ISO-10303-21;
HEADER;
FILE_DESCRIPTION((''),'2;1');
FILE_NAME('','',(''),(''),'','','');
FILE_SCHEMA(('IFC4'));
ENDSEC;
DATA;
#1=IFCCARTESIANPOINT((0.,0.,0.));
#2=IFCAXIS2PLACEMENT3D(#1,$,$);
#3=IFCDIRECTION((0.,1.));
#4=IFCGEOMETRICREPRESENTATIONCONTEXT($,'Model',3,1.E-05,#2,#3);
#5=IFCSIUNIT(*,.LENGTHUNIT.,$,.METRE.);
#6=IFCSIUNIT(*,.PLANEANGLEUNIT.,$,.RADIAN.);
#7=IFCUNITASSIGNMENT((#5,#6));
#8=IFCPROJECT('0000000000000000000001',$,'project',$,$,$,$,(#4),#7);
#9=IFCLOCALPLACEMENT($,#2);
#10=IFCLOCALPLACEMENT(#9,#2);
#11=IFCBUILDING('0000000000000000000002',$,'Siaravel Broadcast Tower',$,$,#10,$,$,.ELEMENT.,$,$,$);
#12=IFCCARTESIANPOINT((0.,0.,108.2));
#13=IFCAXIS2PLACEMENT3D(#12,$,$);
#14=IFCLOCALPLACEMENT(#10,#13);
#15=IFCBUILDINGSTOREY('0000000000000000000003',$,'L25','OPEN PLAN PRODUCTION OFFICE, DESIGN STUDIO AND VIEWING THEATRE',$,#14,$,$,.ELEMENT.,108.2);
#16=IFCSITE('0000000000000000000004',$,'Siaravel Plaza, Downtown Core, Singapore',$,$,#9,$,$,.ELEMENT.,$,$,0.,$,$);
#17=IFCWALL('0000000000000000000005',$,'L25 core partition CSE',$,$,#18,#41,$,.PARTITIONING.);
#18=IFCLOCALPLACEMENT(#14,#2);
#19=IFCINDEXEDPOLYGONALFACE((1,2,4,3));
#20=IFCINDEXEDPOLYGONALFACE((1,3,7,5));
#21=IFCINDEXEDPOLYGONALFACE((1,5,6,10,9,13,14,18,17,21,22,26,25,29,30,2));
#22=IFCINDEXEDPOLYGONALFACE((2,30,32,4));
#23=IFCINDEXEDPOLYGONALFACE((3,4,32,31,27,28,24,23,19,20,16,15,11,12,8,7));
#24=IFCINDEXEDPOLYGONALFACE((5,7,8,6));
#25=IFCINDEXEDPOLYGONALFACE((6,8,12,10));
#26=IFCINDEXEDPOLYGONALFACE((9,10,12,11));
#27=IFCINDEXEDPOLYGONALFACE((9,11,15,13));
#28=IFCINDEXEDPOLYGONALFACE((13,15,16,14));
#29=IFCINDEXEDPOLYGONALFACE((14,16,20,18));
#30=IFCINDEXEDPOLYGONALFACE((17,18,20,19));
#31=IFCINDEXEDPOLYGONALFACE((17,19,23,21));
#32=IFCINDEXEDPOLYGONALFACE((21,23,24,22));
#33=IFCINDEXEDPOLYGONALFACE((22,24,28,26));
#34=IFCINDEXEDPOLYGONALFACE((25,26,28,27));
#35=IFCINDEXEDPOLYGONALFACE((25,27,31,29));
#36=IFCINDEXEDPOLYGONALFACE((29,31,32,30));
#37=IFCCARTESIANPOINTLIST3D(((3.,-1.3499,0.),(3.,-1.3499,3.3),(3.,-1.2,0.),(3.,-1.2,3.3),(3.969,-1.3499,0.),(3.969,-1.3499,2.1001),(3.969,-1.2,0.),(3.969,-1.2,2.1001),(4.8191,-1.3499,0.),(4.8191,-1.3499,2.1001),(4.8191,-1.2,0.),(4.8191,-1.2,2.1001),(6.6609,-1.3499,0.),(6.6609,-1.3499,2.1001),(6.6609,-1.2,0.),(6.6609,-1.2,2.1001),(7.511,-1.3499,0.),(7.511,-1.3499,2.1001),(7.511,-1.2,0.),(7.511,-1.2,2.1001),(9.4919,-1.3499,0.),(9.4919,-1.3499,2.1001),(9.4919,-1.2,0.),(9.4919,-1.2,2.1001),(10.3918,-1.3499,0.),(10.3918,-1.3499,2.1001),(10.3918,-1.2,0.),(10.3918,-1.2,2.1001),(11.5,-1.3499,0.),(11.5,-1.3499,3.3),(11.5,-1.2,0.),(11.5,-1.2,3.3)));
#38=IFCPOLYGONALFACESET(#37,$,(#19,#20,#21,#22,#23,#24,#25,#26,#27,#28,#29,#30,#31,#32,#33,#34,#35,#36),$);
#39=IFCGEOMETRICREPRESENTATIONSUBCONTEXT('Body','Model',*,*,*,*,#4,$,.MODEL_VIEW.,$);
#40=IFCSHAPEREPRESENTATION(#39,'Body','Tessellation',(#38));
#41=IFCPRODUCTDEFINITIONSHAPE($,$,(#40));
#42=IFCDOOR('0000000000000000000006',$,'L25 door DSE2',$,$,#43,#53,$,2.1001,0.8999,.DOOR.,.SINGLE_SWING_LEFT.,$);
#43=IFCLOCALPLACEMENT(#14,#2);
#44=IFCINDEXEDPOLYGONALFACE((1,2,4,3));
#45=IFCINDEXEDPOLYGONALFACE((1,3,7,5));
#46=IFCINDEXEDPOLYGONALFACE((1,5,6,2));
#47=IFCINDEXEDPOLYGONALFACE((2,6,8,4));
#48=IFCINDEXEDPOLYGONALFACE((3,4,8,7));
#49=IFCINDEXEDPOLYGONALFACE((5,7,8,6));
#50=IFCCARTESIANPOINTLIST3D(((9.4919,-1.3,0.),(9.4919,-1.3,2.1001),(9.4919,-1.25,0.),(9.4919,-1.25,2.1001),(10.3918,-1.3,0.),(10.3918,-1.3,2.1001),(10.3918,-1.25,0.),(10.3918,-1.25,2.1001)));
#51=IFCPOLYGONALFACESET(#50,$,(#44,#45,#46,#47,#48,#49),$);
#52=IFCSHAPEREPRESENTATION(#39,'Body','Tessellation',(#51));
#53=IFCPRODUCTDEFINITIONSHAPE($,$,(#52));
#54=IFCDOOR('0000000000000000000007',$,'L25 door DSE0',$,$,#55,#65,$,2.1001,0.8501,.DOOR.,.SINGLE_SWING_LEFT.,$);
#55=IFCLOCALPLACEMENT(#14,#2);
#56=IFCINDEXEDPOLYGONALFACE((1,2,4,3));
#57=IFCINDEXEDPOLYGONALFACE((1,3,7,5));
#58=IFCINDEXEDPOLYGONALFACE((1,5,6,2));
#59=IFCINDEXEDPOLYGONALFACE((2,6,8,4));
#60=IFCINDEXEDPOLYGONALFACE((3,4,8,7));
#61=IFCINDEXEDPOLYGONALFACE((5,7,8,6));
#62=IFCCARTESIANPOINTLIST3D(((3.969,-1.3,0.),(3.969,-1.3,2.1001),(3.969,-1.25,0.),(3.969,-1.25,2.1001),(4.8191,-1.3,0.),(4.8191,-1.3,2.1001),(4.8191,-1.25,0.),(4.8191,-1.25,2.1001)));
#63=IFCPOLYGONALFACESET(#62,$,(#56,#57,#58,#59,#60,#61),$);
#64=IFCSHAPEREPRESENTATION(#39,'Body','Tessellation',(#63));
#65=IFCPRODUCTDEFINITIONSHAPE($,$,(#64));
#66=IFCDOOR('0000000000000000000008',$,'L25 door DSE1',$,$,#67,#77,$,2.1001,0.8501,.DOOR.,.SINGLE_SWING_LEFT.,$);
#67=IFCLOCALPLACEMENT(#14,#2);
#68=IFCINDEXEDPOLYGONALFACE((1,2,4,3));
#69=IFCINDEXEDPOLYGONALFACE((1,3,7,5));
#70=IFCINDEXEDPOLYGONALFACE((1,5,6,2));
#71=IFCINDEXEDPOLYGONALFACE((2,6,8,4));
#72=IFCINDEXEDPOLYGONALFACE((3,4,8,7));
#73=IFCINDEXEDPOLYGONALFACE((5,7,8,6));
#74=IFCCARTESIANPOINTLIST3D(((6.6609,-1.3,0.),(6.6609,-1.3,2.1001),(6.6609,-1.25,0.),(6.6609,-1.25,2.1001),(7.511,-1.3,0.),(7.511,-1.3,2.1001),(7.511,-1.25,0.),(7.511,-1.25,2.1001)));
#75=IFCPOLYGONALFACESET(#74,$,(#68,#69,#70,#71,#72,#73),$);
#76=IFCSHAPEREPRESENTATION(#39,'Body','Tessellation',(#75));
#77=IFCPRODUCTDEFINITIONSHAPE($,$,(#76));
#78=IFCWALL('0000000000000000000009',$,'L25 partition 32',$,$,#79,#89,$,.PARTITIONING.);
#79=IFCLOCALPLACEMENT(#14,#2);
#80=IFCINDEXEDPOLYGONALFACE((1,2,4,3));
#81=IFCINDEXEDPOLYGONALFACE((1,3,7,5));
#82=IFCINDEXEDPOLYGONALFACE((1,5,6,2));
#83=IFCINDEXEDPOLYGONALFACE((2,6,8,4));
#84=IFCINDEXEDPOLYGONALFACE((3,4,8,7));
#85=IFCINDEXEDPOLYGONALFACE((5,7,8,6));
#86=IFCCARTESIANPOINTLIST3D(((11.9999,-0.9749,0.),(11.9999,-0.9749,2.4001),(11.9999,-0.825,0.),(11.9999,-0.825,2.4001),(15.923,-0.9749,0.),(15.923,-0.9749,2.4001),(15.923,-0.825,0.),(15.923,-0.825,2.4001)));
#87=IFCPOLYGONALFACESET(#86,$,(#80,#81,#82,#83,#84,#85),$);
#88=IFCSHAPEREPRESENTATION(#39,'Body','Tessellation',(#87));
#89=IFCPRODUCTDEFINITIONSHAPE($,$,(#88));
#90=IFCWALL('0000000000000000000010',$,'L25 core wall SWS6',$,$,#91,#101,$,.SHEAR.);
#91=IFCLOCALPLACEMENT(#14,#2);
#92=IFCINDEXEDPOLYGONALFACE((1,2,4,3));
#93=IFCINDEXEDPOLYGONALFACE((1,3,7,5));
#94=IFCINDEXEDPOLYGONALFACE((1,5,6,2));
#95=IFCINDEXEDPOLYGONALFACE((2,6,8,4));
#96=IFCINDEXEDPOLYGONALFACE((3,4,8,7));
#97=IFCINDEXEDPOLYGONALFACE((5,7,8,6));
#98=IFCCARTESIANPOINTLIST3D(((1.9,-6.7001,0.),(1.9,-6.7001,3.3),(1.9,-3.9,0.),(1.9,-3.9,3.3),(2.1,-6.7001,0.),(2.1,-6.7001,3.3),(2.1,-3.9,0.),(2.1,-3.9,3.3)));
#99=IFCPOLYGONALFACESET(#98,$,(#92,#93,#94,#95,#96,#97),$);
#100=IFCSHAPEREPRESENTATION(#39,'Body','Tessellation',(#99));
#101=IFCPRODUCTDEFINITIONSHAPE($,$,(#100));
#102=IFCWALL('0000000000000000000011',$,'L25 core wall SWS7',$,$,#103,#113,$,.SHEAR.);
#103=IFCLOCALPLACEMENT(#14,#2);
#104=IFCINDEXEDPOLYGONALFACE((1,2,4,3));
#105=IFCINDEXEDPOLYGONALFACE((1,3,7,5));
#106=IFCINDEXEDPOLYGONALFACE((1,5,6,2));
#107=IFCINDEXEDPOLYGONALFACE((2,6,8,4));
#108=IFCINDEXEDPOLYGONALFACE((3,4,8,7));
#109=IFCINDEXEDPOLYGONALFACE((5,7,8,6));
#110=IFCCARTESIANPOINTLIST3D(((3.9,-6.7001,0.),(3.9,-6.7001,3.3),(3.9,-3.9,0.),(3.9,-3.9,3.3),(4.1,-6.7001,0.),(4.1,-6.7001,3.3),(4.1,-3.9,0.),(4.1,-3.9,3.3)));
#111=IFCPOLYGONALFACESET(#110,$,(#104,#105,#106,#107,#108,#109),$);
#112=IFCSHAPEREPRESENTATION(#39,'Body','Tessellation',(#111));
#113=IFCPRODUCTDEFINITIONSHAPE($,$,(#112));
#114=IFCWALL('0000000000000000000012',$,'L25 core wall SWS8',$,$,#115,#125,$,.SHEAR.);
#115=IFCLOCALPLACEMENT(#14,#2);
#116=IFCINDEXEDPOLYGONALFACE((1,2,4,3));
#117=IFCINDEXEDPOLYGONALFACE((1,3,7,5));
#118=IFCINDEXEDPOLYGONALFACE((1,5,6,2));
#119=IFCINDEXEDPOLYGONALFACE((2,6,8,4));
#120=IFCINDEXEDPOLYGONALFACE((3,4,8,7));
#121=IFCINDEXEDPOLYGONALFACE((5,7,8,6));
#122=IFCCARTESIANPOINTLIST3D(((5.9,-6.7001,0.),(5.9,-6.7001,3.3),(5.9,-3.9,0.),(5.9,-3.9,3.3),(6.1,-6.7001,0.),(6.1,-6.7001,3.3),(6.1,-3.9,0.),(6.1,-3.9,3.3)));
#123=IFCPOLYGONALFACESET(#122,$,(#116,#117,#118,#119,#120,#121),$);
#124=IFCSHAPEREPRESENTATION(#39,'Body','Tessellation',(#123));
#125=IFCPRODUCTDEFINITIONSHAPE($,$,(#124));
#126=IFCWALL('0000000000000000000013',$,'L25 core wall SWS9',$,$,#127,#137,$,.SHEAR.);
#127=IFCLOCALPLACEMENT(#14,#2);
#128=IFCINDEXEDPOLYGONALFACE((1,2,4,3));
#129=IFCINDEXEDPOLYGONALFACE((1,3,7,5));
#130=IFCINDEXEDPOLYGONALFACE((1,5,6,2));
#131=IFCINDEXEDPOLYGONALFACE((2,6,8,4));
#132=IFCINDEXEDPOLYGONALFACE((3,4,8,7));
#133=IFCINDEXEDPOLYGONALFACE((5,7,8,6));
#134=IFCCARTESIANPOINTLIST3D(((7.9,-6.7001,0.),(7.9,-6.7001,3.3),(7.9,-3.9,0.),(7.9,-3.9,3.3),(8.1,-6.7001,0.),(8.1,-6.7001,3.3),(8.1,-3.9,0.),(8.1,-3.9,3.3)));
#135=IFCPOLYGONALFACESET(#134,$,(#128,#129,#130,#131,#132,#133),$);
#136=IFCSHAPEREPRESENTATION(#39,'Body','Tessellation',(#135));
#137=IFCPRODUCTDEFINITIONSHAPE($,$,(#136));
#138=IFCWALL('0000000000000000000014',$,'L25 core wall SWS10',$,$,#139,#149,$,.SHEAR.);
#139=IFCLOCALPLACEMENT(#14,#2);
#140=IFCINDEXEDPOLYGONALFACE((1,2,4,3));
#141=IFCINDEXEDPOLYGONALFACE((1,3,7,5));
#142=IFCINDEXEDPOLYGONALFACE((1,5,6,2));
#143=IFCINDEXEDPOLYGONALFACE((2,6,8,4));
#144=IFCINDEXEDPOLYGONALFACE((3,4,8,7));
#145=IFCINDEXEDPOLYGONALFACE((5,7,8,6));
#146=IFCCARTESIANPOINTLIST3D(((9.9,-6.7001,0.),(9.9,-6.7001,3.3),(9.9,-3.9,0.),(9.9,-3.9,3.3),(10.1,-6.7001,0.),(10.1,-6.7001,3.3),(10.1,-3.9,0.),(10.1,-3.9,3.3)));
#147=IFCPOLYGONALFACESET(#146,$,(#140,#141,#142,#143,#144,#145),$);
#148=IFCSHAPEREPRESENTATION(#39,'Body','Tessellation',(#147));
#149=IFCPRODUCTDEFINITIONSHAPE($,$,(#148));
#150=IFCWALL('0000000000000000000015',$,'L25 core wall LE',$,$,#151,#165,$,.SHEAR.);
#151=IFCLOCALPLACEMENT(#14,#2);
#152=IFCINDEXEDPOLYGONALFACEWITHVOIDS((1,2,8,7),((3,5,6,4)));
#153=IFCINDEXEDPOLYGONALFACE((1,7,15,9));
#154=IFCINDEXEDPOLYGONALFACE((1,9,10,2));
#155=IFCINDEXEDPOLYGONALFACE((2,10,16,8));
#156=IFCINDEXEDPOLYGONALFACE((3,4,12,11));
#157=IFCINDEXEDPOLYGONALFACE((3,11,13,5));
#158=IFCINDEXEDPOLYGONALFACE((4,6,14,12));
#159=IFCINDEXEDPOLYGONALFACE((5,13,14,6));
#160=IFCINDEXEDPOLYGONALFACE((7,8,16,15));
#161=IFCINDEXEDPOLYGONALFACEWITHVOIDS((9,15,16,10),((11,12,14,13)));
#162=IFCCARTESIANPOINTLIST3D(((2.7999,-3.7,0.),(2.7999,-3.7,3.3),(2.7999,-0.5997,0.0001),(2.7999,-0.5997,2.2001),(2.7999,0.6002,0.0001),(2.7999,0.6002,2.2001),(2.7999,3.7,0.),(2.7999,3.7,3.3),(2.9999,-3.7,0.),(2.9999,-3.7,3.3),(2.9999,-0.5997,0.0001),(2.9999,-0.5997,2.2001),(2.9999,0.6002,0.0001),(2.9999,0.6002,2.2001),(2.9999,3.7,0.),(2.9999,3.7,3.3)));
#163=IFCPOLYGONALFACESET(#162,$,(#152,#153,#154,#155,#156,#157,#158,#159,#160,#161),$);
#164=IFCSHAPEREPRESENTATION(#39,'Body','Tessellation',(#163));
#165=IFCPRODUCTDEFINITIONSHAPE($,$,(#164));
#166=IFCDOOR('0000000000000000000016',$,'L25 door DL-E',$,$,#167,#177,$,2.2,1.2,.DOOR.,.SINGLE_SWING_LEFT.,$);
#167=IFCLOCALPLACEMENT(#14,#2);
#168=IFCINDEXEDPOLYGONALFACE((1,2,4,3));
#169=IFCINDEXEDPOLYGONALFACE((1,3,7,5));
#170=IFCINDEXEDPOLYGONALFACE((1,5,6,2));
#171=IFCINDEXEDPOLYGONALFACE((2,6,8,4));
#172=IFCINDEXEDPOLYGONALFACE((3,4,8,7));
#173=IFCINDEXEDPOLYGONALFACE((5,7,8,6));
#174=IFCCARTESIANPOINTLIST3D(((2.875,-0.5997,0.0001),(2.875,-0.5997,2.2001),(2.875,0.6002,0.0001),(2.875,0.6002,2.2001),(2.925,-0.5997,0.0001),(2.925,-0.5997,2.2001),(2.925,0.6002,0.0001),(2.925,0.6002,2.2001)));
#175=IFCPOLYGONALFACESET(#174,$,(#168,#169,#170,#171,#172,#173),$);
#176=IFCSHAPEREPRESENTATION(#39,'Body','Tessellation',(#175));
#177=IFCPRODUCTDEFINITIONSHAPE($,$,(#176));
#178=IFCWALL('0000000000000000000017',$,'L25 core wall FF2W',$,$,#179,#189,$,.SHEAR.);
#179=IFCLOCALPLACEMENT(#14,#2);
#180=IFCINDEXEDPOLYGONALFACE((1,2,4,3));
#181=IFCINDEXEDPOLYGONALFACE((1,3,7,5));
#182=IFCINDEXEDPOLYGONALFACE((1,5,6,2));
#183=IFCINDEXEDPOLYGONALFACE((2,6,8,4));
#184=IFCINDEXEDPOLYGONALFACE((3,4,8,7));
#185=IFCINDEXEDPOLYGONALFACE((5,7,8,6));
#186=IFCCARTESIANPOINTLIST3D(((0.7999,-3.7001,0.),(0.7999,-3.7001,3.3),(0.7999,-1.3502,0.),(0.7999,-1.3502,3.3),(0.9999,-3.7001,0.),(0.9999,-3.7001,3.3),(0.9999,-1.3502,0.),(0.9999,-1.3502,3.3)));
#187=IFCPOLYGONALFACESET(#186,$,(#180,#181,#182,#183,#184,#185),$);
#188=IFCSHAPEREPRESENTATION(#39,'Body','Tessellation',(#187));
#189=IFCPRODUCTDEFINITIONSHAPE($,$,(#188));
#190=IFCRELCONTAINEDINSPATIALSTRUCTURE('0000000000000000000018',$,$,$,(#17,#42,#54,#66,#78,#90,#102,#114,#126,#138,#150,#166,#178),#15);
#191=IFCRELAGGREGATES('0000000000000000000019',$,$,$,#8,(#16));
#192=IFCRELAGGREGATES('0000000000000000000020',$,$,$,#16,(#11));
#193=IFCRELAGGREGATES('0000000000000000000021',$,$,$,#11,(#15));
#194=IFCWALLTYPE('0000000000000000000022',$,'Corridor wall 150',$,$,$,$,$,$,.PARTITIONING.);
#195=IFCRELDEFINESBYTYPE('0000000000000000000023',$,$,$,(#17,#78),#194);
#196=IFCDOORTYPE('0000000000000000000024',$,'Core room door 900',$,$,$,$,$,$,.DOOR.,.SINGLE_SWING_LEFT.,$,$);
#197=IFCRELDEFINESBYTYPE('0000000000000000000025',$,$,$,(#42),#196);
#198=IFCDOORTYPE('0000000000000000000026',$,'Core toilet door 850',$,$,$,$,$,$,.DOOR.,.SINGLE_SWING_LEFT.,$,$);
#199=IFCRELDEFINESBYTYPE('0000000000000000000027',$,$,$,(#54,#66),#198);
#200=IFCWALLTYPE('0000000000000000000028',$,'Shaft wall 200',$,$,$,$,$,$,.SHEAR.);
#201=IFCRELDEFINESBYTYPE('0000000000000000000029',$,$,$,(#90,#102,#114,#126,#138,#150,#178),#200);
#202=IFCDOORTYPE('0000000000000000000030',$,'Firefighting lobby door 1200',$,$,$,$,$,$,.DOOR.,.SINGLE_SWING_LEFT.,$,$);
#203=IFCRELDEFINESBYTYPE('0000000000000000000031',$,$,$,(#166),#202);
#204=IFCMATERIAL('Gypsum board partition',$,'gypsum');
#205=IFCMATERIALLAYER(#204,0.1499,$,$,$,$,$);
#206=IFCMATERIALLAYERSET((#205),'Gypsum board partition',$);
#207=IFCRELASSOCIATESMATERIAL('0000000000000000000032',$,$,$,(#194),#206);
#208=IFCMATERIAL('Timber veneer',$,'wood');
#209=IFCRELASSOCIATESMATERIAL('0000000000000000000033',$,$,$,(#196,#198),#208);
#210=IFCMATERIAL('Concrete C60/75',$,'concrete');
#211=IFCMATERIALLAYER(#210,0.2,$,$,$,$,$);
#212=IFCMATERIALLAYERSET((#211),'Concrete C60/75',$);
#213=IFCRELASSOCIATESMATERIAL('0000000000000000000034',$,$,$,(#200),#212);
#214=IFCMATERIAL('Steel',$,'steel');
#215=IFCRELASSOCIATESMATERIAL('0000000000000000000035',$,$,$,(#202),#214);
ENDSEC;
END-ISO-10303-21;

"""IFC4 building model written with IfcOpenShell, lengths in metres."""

from ifc_helpers import new_model, si_unit, direction, frame, frame_2d, origin, place, context, subcontext, project, spatial, rectangle, extrude, material, layer, layer_set, type_object, element, fill, save


model = new_model("IFC4")

# Units and contexts
model_context = context("Model", 3, precision=1e-05, world=origin(), true_north=direction((0.0, 1.0)))
body_context = subcontext(model_context, "Body", "Model", "MODEL_VIEW")
ifc_project = project(units=[si_unit("LENGTHUNIT", "METRE"), si_unit("PLANEANGLEUNIT", "RADIAN")], contexts=[model_context])

# Site, building, storey
site_placement = place(None, origin())
site = spatial("IfcSite", under=ifc_project, at=site_placement, Name="Siaravel Plaza, Downtown Core, Singapore", CompositionType="ELEMENT", RefElevation=0.0)
building_placement = place(site_placement, origin())
building = spatial("IfcBuilding", under=site, at=building_placement, Name="Siaravel Broadcast Tower", CompositionType="ELEMENT")
storey_placement = place(building_placement, frame((0.0, 0.0, 108.2)))
storey = spatial("IfcBuildingStorey", under=building, at=storey_placement, Name="L25", Description="OPEN PLAN PRODUCTION OFFICE, DESIGN STUDIO AND VIEWING THEATRE", CompositionType="ELEMENT", Elevation=108.2)

# Wall, openings, doors
ifc_material_1 = material(Name="Gypsum board partition", Category="gypsum")
ifc_layer_1 = layer(ifc_material_1, 0.1499)
ifc_layer_set_1 = layer_set([ifc_layer_1], Name="Gypsum board partition")
wall_type_1 = type_object("IfcWallType", Name="Corridor wall 150", PredefinedType="PARTITIONING", material=ifc_layer_set_1)
wall_1_placement = place(storey_placement, frame((3.0, -1.2749, 0.0), z_axis=(0.0, 0.0, 1.0), x_axis=(1.0, 0.0, 0.0)))
wall_1 = element("IfcWall", 1, at=wall_1_placement, inside=storey, type_object=wall_type_1, Name="L25 core partition CSE", PredefinedType="PARTITIONING", context=body_context, shape_type="SweptSolid", body=[
    extrude(rectangle(XDim=8.5, YDim=0.1499, at=frame_2d((4.25, 0.0))), origin(), (0.0, 0.0, 1.0), 3.3),
])
opening_1_placement = place(wall_1_placement, frame((0.969, 0.0, 0.0)))
opening_1 = element("IfcOpeningElement", 2, at=opening_1_placement, cuts=wall_1, PredefinedType="OPENING", context=body_context, shape_type="SweptSolid", body=[
    extrude(rectangle(XDim=0.8501, YDim=2.1001, at=frame_2d((0.425, 1.05))), frame((0.0, 0.085, 0.0), z_axis=(0.0, -1.0, 0.0), x_axis=(1.0, 0.0, 0.0)), (0.0, 0.0, 1.0), 0.1699),
])
opening_2_placement = place(wall_1_placement, frame((3.6609, 0.0, 0.0)))
opening_2 = element("IfcOpeningElement", 3, at=opening_2_placement, cuts=wall_1, PredefinedType="OPENING", context=body_context, shape_type="SweptSolid", body=[
    extrude(rectangle(XDim=0.8501, YDim=2.1001, at=frame_2d((0.425, 1.05))), frame((0.0, 0.085, 0.0), z_axis=(0.0, -1.0, 0.0), x_axis=(1.0, 0.0, 0.0)), (0.0, 0.0, 1.0), 0.1699),
])
opening_3_placement = place(wall_1_placement, frame((6.4919, 0.0, 0.0)))
opening_3 = element("IfcOpeningElement", 4, at=opening_3_placement, cuts=wall_1, PredefinedType="OPENING", context=body_context, shape_type="SweptSolid", body=[
    extrude(rectangle(XDim=0.8999, YDim=2.1001, at=frame_2d((0.45, 1.05))), frame((0.0, 0.085, 0.0), z_axis=(0.0, -1.0, 0.0), x_axis=(1.0, 0.0, 0.0)), (0.0, 0.0, 1.0), 0.1699),
])
ifc_material_2 = material(Name="Timber veneer", Category="wood")
door_type_1 = type_object("IfcDoorType", Name="Core room door 900", OperationType="SINGLE_SWING_LEFT", PredefinedType="DOOR", material=ifc_material_2)
door_1_placement = place(opening_3_placement, origin())
door_1 = element("IfcDoor", 5, at=door_1_placement, inside=storey, type_object=door_type_1, Name="L25 door DSE2", OperationType="SINGLE_SWING_LEFT", OverallHeight=2.1001, OverallWidth=0.8999, PredefinedType="DOOR", context=body_context, shape_type="SweptSolid", body=[
    extrude(rectangle(XDim=0.8999, YDim=2.1001, at=frame_2d((0.45, 1.05))), frame((0.0, 0.0249, 0.0), z_axis=(0.0, -1.0, 0.0), x_axis=(1.0, 0.0, 0.0)), (0.0, 0.0, 1.0), 0.05),
])
fill(opening_3, door_1)
door_type_2 = type_object("IfcDoorType", Name="Core toilet door 850", OperationType="SINGLE_SWING_LEFT", PredefinedType="DOOR", material=ifc_material_2)
door_2_placement = place(opening_1_placement, origin())
door_2 = element("IfcDoor", 6, at=door_2_placement, inside=storey, type_object=door_type_2, Name="L25 door DSE0", OperationType="SINGLE_SWING_LEFT", OverallHeight=2.1001, OverallWidth=0.8501, PredefinedType="DOOR", context=body_context, shape_type="SweptSolid", body=[
    extrude(rectangle(XDim=0.8501, YDim=2.1001, at=frame_2d((0.425, 1.05))), frame((0.0, 0.0249, 0.0), z_axis=(0.0, -1.0, 0.0), x_axis=(1.0, 0.0, 0.0)), (0.0, 0.0, 1.0), 0.05),
])
fill(opening_1, door_2)
door_3_placement = place(opening_2_placement, origin())
door_3 = element("IfcDoor", 7, at=door_3_placement, inside=storey, type_object=door_type_2, Name="L25 door DSE1", OperationType="SINGLE_SWING_LEFT", OverallHeight=2.1001, OverallWidth=0.8501, PredefinedType="DOOR", context=body_context, shape_type="SweptSolid", body=[
    extrude(rectangle(XDim=0.8501, YDim=2.1001, at=frame_2d((0.425, 1.05))), frame((0.0, 0.0249, 0.0), z_axis=(0.0, -1.0, 0.0), x_axis=(1.0, 0.0, 0.0)), (0.0, 0.0, 1.0), 0.05),
])
fill(opening_2, door_3)

# Walls
wall_2_placement = place(storey_placement, frame((12.0, -0.8999, 0.0), z_axis=(0.0, 0.0, 1.0), x_axis=(1.0, 0.0, 0.0)))
element("IfcWall", 8, at=wall_2_placement, inside=storey, type_object=wall_type_1, Name="L25 partition 32", PredefinedType="PARTITIONING", context=body_context, shape_type="SweptSolid", body=[
    extrude(rectangle(XDim=3.9231, YDim=0.1499, at=frame_2d((1.9614, 0.0))), origin(), (0.0, 0.0, 1.0), 2.4001),
])
ifc_material_3 = material(Name="Concrete C60/75", Category="concrete")
ifc_layer_2 = layer(ifc_material_3, 0.2)
ifc_layer_set_2 = layer_set([ifc_layer_2], Name="Concrete C60/75")
wall_type_2 = type_object("IfcWallType", Name="Shaft wall 200", PredefinedType="SHEAR", material=ifc_layer_set_2)
for number, where, z_axis, x_axis, name in (
    (9, (2.0, -6.7, 0.0), (0.0, 0.0, 1.0), (0.0, 1.0, 0.0), "L25 core wall SWS6"),
    (10, (4.0, -6.7, 0.0), (0.0, 0.0, 1.0), (0.0, 1.0, 0.0), "L25 core wall SWS7"),
    (11, (6.0, -6.7, 0.0), (0.0, 0.0, 1.0), (0.0, 1.0, 0.0), "L25 core wall SWS8"),
    (12, (8.0, -6.7, 0.0), (0.0, 0.0, 1.0), (0.0, 1.0, 0.0), "L25 core wall SWS9"),
    (13, (10.0, -6.7, 0.0), (0.0, 0.0, 1.0), (0.0, 1.0, 0.0), "L25 core wall SWS10"),
):
    element("IfcWall", number, at=place(storey_placement, frame(where, z_axis=z_axis, x_axis=x_axis)), inside=storey, type_object=wall_type_2, Name=name, PredefinedType="SHEAR", context=body_context, shape_type="SweptSolid", body=[
        extrude(rectangle(XDim=2.8, YDim=0.2, at=frame_2d((1.3999, 0.0))), origin(), (0.0, 0.0, 1.0), 3.3),
    ])

# Wall, opening, door
wall_3_placement = place(storey_placement, frame((2.8999, -3.7, 0.0), z_axis=(0.0, 0.0, 1.0), x_axis=(0.0, 1.0, 0.0)))
wall_3 = element("IfcWall", 14, at=wall_3_placement, inside=storey, type_object=wall_type_2, Name="L25 core wall LE", PredefinedType="SHEAR", context=body_context, shape_type="SweptSolid", body=[
    extrude(rectangle(XDim=7.3999, YDim=0.2, at=frame_2d((3.7, 0.0))), origin(), (0.0, 0.0, 1.0), 3.3),
])
opening_4_placement = place(wall_3_placement, frame((3.1001, 0.0, 0.0)))
opening_4 = element("IfcOpeningElement", 15, at=opening_4_placement, cuts=wall_3, PredefinedType="OPENING", context=body_context, shape_type="SweptSolid", body=[
    extrude(rectangle(XDim=1.2, YDim=2.2, at=frame_2d((0.6001, 1.1001))), frame((0.0, 0.1099, 0.0), z_axis=(0.0, -1.0, 0.0), x_axis=(1.0, 0.0, 0.0)), (0.0, 0.0, 1.0), 0.22),
])
ifc_material_4 = material(Name="Steel", Category="steel")
door_type_3 = type_object("IfcDoorType", Name="Firefighting lobby door 1200", OperationType="SINGLE_SWING_LEFT", PredefinedType="DOOR", material=ifc_material_4)
door_4_placement = place(opening_4_placement, origin())
door_4 = element("IfcDoor", 16, at=door_4_placement, inside=storey, type_object=door_type_3, Name="L25 door DL-E", OperationType="SINGLE_SWING_LEFT", OverallHeight=2.2, OverallWidth=1.2, PredefinedType="DOOR", context=body_context, shape_type="SweptSolid", body=[
    extrude(rectangle(XDim=1.2, YDim=2.2, at=frame_2d((0.6001, 1.1001))), frame((0.0, 0.0249, 0.0), z_axis=(0.0, -1.0, 0.0), x_axis=(1.0, 0.0, 0.0)), (0.0, 0.0, 1.0), 0.05),
])
fill(opening_4, door_4)

# Wall
wall_4_placement = place(storey_placement, frame((0.8999, -3.7, 0.0), z_axis=(0.0, 0.0, 1.0), x_axis=(0.0, 1.0, 0.0)))
element("IfcWall", 17, at=wall_4_placement, inside=storey, type_object=wall_type_2, Name="L25 core wall FF2W", PredefinedType="SHEAR", context=body_context, shape_type="SweptSolid", body=[
    extrude(rectangle(XDim=2.3499, YDim=0.2, at=frame_2d((1.1748, 0.0))), origin(), (0.0, 0.0, 1.0), 3.3),
])

save(model, "model.ifc")
